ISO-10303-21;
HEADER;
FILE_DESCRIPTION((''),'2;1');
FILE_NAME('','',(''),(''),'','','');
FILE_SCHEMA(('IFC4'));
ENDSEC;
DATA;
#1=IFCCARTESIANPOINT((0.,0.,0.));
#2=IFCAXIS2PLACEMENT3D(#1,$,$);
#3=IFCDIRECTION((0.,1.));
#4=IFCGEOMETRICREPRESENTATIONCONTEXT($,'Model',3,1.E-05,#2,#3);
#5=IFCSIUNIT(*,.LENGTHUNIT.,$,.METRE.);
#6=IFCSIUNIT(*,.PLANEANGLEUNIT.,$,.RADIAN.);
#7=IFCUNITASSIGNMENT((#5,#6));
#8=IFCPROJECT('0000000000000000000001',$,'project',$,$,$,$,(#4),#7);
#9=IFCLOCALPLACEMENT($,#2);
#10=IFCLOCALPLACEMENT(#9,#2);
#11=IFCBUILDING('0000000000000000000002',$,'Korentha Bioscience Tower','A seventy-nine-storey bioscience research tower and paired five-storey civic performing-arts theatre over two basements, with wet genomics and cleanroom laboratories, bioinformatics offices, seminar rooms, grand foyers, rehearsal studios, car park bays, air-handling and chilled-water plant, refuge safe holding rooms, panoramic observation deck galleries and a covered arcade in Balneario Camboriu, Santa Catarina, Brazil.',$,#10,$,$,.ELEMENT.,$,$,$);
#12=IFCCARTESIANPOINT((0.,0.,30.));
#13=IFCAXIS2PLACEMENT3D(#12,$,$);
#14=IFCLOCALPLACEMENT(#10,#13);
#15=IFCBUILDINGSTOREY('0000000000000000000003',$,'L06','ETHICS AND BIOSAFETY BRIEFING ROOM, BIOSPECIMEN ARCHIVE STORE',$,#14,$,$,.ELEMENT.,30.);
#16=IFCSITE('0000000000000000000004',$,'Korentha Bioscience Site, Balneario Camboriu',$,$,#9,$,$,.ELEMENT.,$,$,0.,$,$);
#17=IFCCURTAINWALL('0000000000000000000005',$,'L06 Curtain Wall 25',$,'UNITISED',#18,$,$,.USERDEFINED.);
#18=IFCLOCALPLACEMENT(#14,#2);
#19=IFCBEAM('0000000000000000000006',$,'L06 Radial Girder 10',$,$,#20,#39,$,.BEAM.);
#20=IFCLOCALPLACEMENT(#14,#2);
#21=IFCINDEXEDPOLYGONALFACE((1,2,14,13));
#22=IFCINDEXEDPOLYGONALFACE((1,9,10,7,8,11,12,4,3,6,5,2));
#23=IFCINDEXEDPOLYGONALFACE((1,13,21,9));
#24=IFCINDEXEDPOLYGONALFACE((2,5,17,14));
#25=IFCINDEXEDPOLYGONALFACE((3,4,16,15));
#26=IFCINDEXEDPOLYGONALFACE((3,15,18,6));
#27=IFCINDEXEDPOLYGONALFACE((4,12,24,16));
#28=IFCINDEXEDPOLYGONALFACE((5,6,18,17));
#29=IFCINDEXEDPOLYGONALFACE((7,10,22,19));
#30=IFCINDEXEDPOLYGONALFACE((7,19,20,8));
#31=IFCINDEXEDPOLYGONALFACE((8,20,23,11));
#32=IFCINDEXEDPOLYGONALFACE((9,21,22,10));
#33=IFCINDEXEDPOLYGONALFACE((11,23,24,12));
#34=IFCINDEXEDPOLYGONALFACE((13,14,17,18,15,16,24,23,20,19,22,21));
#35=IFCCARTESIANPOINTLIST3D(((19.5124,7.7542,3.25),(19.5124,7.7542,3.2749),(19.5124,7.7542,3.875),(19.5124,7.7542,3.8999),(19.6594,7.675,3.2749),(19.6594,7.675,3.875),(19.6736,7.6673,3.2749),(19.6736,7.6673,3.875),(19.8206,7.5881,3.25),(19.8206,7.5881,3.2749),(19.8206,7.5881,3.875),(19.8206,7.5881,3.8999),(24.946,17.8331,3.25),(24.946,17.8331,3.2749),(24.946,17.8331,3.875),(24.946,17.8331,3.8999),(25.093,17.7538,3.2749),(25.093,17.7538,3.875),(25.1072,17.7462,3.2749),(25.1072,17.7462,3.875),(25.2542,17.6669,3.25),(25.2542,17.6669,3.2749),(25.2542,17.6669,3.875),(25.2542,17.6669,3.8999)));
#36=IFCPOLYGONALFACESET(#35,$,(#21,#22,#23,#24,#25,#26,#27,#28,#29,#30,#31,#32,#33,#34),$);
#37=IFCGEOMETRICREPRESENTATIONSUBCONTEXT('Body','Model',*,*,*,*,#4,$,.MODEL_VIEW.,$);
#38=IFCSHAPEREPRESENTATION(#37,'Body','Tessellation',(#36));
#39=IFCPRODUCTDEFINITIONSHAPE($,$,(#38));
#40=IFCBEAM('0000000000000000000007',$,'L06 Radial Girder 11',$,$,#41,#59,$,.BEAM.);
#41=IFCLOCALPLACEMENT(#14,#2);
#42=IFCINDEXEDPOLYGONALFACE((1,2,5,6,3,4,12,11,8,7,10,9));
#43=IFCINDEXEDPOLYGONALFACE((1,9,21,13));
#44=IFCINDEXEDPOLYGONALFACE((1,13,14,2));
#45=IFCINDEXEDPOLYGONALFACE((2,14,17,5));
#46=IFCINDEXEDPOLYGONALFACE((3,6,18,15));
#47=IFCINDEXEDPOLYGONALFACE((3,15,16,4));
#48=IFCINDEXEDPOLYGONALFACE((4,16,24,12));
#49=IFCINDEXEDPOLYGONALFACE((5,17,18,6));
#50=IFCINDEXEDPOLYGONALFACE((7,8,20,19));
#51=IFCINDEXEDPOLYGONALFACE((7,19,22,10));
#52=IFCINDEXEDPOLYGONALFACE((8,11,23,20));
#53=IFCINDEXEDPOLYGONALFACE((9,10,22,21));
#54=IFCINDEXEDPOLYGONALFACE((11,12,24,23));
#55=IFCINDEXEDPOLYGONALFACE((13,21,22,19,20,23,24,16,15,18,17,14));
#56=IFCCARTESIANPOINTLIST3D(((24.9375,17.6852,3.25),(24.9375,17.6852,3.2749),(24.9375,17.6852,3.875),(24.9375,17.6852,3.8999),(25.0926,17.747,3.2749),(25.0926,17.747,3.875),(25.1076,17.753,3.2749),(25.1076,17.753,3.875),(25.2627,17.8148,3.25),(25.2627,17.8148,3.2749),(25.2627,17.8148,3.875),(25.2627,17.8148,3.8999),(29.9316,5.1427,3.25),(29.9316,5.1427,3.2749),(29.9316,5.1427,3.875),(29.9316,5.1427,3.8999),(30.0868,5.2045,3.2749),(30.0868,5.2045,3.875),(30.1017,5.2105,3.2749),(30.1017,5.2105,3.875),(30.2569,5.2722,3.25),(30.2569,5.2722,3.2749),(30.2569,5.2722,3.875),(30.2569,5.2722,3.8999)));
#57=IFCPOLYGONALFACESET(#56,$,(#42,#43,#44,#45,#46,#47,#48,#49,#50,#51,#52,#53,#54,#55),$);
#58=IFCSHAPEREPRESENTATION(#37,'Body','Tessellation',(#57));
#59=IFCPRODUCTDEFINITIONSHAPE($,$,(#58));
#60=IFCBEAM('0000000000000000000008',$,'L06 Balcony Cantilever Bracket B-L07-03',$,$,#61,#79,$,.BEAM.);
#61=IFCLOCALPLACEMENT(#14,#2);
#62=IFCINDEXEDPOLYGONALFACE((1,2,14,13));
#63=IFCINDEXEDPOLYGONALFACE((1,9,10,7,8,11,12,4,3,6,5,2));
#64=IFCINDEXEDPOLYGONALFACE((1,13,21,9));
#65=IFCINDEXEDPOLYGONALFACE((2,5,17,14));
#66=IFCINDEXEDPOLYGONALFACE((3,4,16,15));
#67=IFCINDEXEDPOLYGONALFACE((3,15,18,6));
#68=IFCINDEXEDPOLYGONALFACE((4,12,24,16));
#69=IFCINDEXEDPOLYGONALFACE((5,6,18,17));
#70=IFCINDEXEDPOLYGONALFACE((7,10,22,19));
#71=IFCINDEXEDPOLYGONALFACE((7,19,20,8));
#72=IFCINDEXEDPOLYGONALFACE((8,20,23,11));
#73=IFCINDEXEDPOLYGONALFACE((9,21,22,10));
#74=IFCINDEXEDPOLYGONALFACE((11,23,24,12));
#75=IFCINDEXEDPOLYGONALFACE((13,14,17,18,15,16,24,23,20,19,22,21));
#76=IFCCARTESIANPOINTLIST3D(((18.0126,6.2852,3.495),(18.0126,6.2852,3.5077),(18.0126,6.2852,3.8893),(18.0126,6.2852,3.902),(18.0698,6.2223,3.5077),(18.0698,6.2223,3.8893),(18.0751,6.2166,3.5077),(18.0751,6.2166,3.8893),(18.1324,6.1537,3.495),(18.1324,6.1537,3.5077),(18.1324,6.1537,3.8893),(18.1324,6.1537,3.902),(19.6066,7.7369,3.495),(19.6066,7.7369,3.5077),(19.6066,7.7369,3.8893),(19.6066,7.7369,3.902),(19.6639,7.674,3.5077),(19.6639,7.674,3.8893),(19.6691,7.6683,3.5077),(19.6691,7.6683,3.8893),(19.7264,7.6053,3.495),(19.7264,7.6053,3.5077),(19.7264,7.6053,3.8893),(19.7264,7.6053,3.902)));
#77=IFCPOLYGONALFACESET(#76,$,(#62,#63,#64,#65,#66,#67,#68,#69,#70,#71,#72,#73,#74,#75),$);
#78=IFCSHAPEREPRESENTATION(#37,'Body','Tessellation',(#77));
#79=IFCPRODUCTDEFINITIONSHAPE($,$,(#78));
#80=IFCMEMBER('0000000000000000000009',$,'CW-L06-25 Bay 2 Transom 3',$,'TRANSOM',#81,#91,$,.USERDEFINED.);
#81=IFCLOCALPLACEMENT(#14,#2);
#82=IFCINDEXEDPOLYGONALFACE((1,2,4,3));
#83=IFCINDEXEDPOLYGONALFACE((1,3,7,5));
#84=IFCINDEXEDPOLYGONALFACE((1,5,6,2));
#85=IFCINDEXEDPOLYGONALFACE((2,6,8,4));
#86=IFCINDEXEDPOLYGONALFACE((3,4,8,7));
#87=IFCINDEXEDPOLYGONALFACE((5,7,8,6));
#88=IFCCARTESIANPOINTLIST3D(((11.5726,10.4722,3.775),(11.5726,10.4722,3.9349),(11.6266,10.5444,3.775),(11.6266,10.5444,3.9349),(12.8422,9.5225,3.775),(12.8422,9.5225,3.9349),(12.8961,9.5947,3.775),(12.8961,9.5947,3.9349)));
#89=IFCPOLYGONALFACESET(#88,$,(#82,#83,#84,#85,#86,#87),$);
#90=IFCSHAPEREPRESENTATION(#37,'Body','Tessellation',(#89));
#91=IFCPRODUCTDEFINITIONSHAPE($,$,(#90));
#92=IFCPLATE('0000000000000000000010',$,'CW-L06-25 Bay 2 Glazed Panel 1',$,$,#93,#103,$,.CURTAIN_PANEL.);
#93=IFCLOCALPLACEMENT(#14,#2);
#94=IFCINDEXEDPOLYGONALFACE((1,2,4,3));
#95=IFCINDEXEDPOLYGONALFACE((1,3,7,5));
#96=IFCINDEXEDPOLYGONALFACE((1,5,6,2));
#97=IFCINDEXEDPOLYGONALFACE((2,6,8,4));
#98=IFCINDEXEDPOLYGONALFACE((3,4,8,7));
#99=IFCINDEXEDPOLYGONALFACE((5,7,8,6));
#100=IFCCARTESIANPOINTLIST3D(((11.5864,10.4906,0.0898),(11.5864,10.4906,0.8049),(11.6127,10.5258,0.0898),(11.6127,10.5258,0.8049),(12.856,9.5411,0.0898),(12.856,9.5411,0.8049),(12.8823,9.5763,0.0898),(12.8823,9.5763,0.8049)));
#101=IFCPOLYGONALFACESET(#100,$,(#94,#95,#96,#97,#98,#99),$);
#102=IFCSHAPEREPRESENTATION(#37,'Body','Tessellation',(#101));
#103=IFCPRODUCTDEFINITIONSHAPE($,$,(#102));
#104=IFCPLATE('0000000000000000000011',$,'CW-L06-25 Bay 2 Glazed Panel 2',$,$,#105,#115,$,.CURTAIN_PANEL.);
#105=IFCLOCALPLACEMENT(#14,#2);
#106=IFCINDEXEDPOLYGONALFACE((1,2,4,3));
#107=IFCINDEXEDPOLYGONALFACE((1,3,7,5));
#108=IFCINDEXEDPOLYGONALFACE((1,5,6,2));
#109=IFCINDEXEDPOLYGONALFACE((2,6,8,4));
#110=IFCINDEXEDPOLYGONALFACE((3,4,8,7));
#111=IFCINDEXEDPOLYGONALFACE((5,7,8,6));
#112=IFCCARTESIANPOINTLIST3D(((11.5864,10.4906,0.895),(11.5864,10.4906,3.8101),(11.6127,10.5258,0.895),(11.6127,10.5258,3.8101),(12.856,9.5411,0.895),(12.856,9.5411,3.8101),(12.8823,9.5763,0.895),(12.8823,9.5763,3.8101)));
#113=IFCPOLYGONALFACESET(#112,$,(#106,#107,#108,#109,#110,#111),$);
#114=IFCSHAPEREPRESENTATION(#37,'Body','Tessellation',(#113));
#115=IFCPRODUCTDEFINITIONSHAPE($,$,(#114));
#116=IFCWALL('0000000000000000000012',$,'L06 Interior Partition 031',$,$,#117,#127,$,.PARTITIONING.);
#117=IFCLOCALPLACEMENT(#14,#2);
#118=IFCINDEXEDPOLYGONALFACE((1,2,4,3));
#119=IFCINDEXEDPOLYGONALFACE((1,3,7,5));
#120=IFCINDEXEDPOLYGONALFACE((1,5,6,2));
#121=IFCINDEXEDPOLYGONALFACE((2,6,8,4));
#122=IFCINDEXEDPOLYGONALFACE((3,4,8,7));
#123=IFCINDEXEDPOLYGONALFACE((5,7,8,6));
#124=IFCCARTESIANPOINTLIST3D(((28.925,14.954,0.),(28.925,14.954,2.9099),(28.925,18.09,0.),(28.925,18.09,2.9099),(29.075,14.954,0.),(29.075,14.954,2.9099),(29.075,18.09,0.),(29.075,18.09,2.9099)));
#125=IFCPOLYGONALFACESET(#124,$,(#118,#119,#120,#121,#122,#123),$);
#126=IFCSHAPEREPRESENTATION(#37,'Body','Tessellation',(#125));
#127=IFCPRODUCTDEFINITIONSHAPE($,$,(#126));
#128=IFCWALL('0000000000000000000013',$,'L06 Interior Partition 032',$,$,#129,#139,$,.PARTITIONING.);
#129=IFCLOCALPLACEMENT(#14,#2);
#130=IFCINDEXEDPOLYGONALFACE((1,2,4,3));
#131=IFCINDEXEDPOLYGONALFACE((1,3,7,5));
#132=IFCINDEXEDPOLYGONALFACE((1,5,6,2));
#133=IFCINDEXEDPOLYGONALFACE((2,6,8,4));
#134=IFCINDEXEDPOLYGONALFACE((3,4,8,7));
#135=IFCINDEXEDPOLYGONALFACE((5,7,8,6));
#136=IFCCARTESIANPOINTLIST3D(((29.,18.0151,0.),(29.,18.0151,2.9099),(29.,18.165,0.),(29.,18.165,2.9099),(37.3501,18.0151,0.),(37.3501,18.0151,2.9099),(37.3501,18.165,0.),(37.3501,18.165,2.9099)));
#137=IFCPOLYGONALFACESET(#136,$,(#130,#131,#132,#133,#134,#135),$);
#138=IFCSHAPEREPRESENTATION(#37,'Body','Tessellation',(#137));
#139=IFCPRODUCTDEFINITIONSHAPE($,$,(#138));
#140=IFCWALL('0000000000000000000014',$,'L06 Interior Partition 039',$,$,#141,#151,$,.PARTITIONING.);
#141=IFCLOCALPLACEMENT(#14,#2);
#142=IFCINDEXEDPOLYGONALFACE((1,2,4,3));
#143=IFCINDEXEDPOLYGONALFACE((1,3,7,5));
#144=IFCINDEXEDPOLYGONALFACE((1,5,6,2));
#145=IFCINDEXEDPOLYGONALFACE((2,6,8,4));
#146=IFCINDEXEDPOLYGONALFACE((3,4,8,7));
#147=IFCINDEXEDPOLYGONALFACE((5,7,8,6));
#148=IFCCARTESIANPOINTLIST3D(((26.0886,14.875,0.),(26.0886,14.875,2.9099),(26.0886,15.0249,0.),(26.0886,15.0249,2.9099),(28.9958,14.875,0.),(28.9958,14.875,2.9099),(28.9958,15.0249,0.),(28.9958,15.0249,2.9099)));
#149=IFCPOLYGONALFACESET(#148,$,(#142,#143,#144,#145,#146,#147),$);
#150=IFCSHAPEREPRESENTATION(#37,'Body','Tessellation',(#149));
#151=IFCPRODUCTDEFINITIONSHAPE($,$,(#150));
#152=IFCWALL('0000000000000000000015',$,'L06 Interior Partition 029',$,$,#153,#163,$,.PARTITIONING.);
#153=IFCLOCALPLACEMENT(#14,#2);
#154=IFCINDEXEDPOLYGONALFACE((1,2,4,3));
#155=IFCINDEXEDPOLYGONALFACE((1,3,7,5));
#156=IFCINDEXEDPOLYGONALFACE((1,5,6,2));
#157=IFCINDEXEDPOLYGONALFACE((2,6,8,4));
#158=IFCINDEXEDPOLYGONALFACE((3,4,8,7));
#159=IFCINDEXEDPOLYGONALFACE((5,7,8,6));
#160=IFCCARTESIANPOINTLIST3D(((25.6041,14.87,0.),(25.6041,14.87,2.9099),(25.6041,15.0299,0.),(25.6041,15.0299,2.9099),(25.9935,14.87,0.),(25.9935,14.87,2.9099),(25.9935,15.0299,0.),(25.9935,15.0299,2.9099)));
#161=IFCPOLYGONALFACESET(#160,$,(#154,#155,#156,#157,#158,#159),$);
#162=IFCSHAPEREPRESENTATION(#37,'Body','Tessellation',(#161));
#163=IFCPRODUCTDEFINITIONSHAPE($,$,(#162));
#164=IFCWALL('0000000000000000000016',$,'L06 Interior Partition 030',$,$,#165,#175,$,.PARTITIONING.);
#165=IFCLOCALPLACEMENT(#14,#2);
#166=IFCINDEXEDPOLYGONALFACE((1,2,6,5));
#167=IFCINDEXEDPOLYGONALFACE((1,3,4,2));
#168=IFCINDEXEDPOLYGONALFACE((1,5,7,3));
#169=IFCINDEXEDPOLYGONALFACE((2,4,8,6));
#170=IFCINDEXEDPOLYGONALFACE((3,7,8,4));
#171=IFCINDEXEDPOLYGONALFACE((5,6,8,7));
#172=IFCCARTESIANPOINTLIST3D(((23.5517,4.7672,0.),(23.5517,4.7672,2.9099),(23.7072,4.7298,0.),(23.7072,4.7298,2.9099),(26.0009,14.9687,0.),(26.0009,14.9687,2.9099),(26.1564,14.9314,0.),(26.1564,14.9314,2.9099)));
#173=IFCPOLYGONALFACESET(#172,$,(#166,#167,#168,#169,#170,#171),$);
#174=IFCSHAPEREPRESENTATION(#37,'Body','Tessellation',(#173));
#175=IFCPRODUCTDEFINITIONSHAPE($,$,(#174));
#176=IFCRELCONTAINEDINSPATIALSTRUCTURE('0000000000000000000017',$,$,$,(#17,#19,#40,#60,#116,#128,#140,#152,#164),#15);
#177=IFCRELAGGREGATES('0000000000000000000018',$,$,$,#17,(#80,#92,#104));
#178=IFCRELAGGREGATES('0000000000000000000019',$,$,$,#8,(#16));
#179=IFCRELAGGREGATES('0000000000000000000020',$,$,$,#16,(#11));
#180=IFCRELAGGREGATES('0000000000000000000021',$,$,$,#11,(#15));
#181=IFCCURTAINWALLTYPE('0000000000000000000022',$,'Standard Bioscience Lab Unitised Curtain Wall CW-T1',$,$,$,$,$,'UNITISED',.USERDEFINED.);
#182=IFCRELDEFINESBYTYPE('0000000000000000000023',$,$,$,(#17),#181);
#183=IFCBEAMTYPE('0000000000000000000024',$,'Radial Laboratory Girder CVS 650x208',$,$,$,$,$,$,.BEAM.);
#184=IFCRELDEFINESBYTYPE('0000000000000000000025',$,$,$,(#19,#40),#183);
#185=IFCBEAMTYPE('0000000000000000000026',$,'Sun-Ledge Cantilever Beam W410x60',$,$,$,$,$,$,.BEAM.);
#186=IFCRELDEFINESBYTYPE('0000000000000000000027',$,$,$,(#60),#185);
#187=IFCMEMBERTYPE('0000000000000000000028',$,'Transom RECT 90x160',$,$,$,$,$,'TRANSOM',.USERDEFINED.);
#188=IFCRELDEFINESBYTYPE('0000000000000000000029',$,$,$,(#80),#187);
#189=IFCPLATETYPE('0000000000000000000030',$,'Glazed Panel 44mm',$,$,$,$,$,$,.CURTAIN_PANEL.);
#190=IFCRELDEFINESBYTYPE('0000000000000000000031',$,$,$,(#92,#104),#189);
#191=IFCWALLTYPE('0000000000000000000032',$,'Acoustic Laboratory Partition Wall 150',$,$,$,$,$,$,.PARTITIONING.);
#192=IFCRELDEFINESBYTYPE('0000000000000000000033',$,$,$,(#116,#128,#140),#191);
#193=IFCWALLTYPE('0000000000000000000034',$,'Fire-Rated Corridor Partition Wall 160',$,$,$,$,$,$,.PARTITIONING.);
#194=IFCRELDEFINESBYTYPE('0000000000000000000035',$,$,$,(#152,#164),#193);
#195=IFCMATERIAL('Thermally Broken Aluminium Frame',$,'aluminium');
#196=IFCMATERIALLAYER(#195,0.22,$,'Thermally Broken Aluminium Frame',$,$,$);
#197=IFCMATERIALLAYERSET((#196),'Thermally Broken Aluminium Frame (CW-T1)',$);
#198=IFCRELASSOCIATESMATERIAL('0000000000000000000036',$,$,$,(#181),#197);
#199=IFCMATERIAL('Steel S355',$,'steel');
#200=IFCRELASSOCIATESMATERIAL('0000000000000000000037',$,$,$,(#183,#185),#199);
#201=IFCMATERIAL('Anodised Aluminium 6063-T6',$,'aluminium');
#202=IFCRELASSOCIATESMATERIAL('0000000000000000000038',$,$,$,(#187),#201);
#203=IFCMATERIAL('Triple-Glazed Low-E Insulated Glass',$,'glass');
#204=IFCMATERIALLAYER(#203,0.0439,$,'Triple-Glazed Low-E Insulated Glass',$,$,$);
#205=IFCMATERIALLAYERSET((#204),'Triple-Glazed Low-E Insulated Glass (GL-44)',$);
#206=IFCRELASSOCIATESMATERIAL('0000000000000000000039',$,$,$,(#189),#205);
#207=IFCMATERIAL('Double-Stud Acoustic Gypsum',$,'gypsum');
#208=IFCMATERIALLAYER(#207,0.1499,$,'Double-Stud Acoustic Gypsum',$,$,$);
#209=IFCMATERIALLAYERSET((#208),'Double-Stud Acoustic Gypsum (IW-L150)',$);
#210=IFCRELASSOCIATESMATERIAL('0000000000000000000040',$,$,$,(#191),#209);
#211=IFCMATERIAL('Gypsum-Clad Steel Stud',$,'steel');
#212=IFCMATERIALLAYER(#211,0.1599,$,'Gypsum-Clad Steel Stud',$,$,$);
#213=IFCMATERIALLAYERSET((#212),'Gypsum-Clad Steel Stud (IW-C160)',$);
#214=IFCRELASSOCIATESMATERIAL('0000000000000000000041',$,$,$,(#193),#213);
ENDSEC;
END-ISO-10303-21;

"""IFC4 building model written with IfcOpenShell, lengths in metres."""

from ifc_helpers import new_model, si_unit, direction, frame, frame_2d, origin, origin_2d, place, context, subcontext, project, spatial, rectangle, i_section, extrude, material, layer, layer_set, material_profile, profile_set, type_object, element, aggregate, save


model = new_model("IFC4")

# Units and contexts
model_context = context("Model", 3, precision=1e-05, world=origin(), true_north=direction((0.0, 1.0)))
body_context = subcontext(model_context, "Body", "Model", "MODEL_VIEW")
ifc_project = project(units=[si_unit("LENGTHUNIT", "METRE"), si_unit("PLANEANGLEUNIT", "RADIAN")], contexts=[model_context])

# Site, building, storey
site_placement = place(None, origin())
site = spatial("IfcSite", under=ifc_project, at=site_placement, Name="Korentha Bioscience Site, Balneario Camboriu", CompositionType="ELEMENT", RefElevation=0.0)
building_placement = place(site_placement, origin())
building = spatial("IfcBuilding", under=site, at=building_placement, Name="Korentha Bioscience Tower", Description="A seventy-nine-storey bioscience research tower and paired five-storey civic performing-arts theatre over two basements, with wet genomics and cleanroom laboratories, bioinformatics offices, seminar rooms, grand foyers, rehearsal studios, car park bays, air-handling and chilled-water plant, refuge safe holding rooms, panoramic observation deck galleries and a covered arcade in Balneario Camboriu, Santa Catarina, Brazil.", CompositionType="ELEMENT")
storey_placement = place(building_placement, frame((0.0, 0.0, 30.0)))
storey = spatial("IfcBuildingStorey", under=building, at=storey_placement, Name="L06", Description="ETHICS AND BIOSAFETY BRIEFING ROOM, BIOSPECIMEN ARCHIVE STORE", CompositionType="ELEMENT", Elevation=30.0)

# Shared definitions
ifc_material_1 = material(Name="Steel S355", Category="steel")

# Curtain wall
ifc_material_2 = material(Name="Thermally Broken Aluminium Frame", Category="aluminium")
ifc_layer_1 = layer(ifc_material_2, 0.22, Name="Thermally Broken Aluminium Frame")
ifc_layer_set_1 = layer_set([ifc_layer_1], Name="Thermally Broken Aluminium Frame (CW-T1)")
curtain_wall_type = type_object("IfcCurtainWallType", Name="Standard Bioscience Lab Unitised Curtain Wall CW-T1", ElementType="UNITISED", PredefinedType="USERDEFINED", material=ifc_layer_set_1)
curtain_wall_placement = place(storey_placement, origin())
curtain_wall = element("IfcCurtainWall", 1, at=curtain_wall_placement, inside=storey, type_object=curtain_wall_type, Name="L06 Curtain Wall 25", ObjectType="UNITISED", PredefinedType="USERDEFINED")
ifc_material_3 = material(Name="Anodised Aluminium 6063-T6", Category="aluminium")

# Beams
ifc_material_profile_1 = material_profile(ifc_material_1, i_section(OverallWidth=0.3501, OverallDepth=0.6499, WebThickness=0.0161, FlangeThickness=0.0249, at=origin_2d()), Name="Steel S355")
ifc_profile_set_1 = profile_set([ifc_material_profile_1], Name="Steel S355 (RB-650)")
beam_type_1 = type_object("IfcBeamType", Name="Radial Laboratory Girder CVS 650x208", PredefinedType="BEAM", material=ifc_profile_set_1)
beam_1_placement = place(storey_placement, frame((25.1001, 17.75, 3.575), z_axis=(-0.474541, -0.880233, 0.0), x_axis=(0.880233, -0.474541, 0.0)))
element("IfcBeam", 2, at=beam_1_placement, inside=storey, type_object=beam_type_1, Name="L06 Radial Girder 10", PredefinedType="BEAM", context=body_context, shape_type="SweptSolid", body=[
    extrude(i_section(OverallWidth=0.3501, OverallDepth=0.6499, WebThickness=0.0161, FlangeThickness=0.0249, at=origin_2d()), origin(), (0.0, 0.0, 1.0), 11.4502),
])
beam_2_placement = place(storey_placement, frame((25.1001, 17.75, 3.575), z_axis=(0.369931, -0.929059, 0.0), x_axis=(0.929059, 0.369931, 0.0)))
element("IfcBeam", 3, at=beam_2_placement, inside=storey, type_object=beam_type_1, Name="L06 Radial Girder 11", PredefinedType="BEAM", context=body_context, shape_type="SweptSolid", body=[
    extrude(i_section(OverallWidth=0.3501, OverallDepth=0.6499, WebThickness=0.0161, FlangeThickness=0.0249, at=origin_2d()), origin(), (0.0, 0.0, 1.0), 13.5002),
])
ifc_material_profile_2 = material_profile(ifc_material_1, i_section(OverallWidth=0.178, OverallDepth=0.407, WebThickness=0.0078, FlangeThickness=0.0127, at=origin_2d()), Name="Steel S355")
ifc_profile_set_2 = profile_set([ifc_material_profile_2], Name="Steel S355 (CB-410)")
beam_type_2 = type_object("IfcBeamType", Name="Sun-Ledge Cantilever Beam W410x60", PredefinedType="BEAM", material=ifc_profile_set_2)
beam_3_placement = place(storey_placement, frame((19.6665, 7.6711, 3.6985), z_axis=(-0.739345, -0.673326, 0.0), x_axis=(0.673326, -0.739345, 0.0)))
element("IfcBeam", 4, at=beam_3_placement, inside=storey, type_object=beam_type_2, Name="L06 Balcony Cantilever Bracket B-L07-03", PredefinedType="BEAM", context=body_context, shape_type="SweptSolid", body=[
    extrude(i_section(OverallWidth=0.178, OverallDepth=0.407, WebThickness=0.0078, FlangeThickness=0.0127, at=origin_2d()), origin(), (0.0, 0.0, 1.0), 2.156),
])

# Member
ifc_material_profile_3 = material_profile(ifc_material_3, rectangle(XDim=0.0901, YDim=0.1599, at=origin_2d()), Name="Anodised Aluminium 6063-T6")
ifc_profile_set_3 = profile_set([ifc_material_profile_3], Name="Anodised Aluminium 6063-T6 (CW-TRN)")
member_type_1 = type_object("IfcMemberType", Name="Transom RECT 90x160", ElementType="TRANSOM", PredefinedType="USERDEFINED", material=ifc_profile_set_3)
member_1_placement = place(storey_placement, frame((11.5996, 10.5083, 3.855), z_axis=(0.800739, -0.599014, 0.0), x_axis=(0.599014, 0.800739, 0.0)))
member_1 = element("IfcMember", 5, at=member_1_placement, type_object=member_type_1, Name="CW-L06-25 Bay 2 Transom 3", ObjectType="TRANSOM", PredefinedType="USERDEFINED", context=body_context, shape_type="SweptSolid", body=[
    extrude(rectangle(XDim=0.0901, YDim=0.1599, at=origin_2d()), origin(), (0.0, 0.0, 1.0), 1.5854),
])

# Plates
ifc_material_4 = material(Name="Triple-Glazed Low-E Insulated Glass", Category="glass")
ifc_layer_2 = layer(ifc_material_4, 0.0439, Name="Triple-Glazed Low-E Insulated Glass")
ifc_layer_set_2 = layer_set([ifc_layer_2], Name="Triple-Glazed Low-E Insulated Glass (GL-44)")
plate_type = type_object("IfcPlateType", Name="Glazed Panel 44mm", PredefinedType="CURTAIN_PANEL", material=ifc_layer_set_2)
plate_1_placement = place(storey_placement, frame((12.2344, 10.0334, 0.0898), z_axis=(0.0, 0.0, 1.0), x_axis=(0.800798, -0.598935, 0.0)))
plate_1 = element("IfcPlate", 6, at=plate_1_placement, type_object=plate_type, Name="CW-L06-25 Bay 2 Glazed Panel 1", PredefinedType="CURTAIN_PANEL", context=body_context, shape_type="SweptSolid", body=[
    extrude(rectangle(XDim=1.5854, YDim=0.0439, at=origin_2d()), origin(), (0.0, 0.0, 1.0), 0.7151),
])
plate_2_placement = place(storey_placement, frame((12.2344, 10.0334, 0.895), z_axis=(0.0, 0.0, 1.0), x_axis=(0.800798, -0.598935, 0.0)))
plate_2 = element("IfcPlate", 7, at=plate_2_placement, type_object=plate_type, Name="CW-L06-25 Bay 2 Glazed Panel 2", PredefinedType="CURTAIN_PANEL", context=body_context, shape_type="SweptSolid", body=[
    extrude(rectangle(XDim=1.5854, YDim=0.0439, at=origin_2d()), origin(), (0.0, 0.0, 1.0), 2.915),
])
aggregate(curtain_wall, [member_1, plate_1, plate_2])

# Walls
ifc_material_5 = material(Name="Double-Stud Acoustic Gypsum", Category="gypsum")
ifc_layer_3 = layer(ifc_material_5, 0.1499, Name="Double-Stud Acoustic Gypsum")
ifc_layer_set_3 = layer_set([ifc_layer_3], Name="Double-Stud Acoustic Gypsum (IW-L150)")
wall_type_1 = type_object("IfcWallType", Name="Acoustic Laboratory Partition Wall 150", PredefinedType="PARTITIONING", material=ifc_layer_set_3)
wall_1_placement = place(storey_placement, frame((29.0, 14.9541, 0.0), z_axis=(0.0, 0.0, 1.0), x_axis=(0.0, 1.0, 0.0)))
element("IfcWall", 8, at=wall_1_placement, inside=storey, type_object=wall_type_1, Name="L06 Interior Partition 031", PredefinedType="PARTITIONING", context=body_context, shape_type="SweptSolid", body=[
    extrude(rectangle(XDim=3.136, YDim=0.1499, at=frame_2d((1.5679, 0.0))), origin(), (0.0, 0.0, 1.0), 2.9099),
])
wall_2_placement = place(storey_placement, frame((29.0, 18.0901, 0.0), z_axis=(0.0, 0.0, 1.0), x_axis=(1.0, 0.0, 0.0)))
element("IfcWall", 9, at=wall_2_placement, inside=storey, type_object=wall_type_1, Name="L06 Interior Partition 032", PredefinedType="PARTITIONING", context=body_context, shape_type="SweptSolid", body=[
    extrude(rectangle(XDim=8.3501, YDim=0.1499, at=frame_2d((4.175, 0.0))), origin(), (0.0, 0.0, 1.0), 2.9099),
])
wall_3_placement = place(storey_placement, frame((26.0886, 14.95, 0.0), z_axis=(0.0, 0.0, 1.0), x_axis=(1.0, 0.0, 0.0)))
element("IfcWall", 10, at=wall_3_placement, inside=storey, type_object=wall_type_1, Name="L06 Interior Partition 039", PredefinedType="PARTITIONING", context=body_context, shape_type="SweptSolid", body=[
    extrude(rectangle(XDim=2.9072, YDim=0.1499, at=frame_2d((1.4536, 0.0))), origin(), (0.0, 0.0, 1.0), 2.9099),
])
ifc_material_6 = material(Name="Gypsum-Clad Steel Stud", Category="steel")
ifc_layer_4 = layer(ifc_material_6, 0.1599, Name="Gypsum-Clad Steel Stud")
ifc_layer_set_4 = layer_set([ifc_layer_4], Name="Gypsum-Clad Steel Stud (IW-C160)")
wall_type_2 = type_object("IfcWallType", Name="Fire-Rated Corridor Partition Wall 160", PredefinedType="PARTITIONING", material=ifc_layer_set_4)
wall_4_placement = place(storey_placement, frame((25.604, 14.95, 0.0), z_axis=(0.0, 0.0, 1.0), x_axis=(1.0, 0.0, 0.0)))
element("IfcWall", 11, at=wall_4_placement, inside=storey, type_object=wall_type_2, Name="L06 Interior Partition 029", PredefinedType="PARTITIONING", context=body_context, shape_type="SweptSolid", body=[
    extrude(rectangle(XDim=0.3894, YDim=0.1599, at=frame_2d((0.1948, 0.0))), origin(), (0.0, 0.0, 1.0), 2.9099),
])
wall_5_placement = place(storey_placement, frame((26.0786, 14.95, 0.0), z_axis=(0.0, 0.0, 1.0), x_axis=(-0.233447, -0.97237, 0.0)))
element("IfcWall", 12, at=wall_5_placement, inside=storey, type_object=wall_type_2, Name="L06 Interior Partition 030", PredefinedType="PARTITIONING", context=body_context, shape_type="SweptSolid", body=[
    extrude(rectangle(XDim=10.4915, YDim=0.1599, at=frame_2d((5.2456, 0.0))), origin(), (0.0, 0.0, 1.0), 2.9099),
])

save(model, "model.ifc")
